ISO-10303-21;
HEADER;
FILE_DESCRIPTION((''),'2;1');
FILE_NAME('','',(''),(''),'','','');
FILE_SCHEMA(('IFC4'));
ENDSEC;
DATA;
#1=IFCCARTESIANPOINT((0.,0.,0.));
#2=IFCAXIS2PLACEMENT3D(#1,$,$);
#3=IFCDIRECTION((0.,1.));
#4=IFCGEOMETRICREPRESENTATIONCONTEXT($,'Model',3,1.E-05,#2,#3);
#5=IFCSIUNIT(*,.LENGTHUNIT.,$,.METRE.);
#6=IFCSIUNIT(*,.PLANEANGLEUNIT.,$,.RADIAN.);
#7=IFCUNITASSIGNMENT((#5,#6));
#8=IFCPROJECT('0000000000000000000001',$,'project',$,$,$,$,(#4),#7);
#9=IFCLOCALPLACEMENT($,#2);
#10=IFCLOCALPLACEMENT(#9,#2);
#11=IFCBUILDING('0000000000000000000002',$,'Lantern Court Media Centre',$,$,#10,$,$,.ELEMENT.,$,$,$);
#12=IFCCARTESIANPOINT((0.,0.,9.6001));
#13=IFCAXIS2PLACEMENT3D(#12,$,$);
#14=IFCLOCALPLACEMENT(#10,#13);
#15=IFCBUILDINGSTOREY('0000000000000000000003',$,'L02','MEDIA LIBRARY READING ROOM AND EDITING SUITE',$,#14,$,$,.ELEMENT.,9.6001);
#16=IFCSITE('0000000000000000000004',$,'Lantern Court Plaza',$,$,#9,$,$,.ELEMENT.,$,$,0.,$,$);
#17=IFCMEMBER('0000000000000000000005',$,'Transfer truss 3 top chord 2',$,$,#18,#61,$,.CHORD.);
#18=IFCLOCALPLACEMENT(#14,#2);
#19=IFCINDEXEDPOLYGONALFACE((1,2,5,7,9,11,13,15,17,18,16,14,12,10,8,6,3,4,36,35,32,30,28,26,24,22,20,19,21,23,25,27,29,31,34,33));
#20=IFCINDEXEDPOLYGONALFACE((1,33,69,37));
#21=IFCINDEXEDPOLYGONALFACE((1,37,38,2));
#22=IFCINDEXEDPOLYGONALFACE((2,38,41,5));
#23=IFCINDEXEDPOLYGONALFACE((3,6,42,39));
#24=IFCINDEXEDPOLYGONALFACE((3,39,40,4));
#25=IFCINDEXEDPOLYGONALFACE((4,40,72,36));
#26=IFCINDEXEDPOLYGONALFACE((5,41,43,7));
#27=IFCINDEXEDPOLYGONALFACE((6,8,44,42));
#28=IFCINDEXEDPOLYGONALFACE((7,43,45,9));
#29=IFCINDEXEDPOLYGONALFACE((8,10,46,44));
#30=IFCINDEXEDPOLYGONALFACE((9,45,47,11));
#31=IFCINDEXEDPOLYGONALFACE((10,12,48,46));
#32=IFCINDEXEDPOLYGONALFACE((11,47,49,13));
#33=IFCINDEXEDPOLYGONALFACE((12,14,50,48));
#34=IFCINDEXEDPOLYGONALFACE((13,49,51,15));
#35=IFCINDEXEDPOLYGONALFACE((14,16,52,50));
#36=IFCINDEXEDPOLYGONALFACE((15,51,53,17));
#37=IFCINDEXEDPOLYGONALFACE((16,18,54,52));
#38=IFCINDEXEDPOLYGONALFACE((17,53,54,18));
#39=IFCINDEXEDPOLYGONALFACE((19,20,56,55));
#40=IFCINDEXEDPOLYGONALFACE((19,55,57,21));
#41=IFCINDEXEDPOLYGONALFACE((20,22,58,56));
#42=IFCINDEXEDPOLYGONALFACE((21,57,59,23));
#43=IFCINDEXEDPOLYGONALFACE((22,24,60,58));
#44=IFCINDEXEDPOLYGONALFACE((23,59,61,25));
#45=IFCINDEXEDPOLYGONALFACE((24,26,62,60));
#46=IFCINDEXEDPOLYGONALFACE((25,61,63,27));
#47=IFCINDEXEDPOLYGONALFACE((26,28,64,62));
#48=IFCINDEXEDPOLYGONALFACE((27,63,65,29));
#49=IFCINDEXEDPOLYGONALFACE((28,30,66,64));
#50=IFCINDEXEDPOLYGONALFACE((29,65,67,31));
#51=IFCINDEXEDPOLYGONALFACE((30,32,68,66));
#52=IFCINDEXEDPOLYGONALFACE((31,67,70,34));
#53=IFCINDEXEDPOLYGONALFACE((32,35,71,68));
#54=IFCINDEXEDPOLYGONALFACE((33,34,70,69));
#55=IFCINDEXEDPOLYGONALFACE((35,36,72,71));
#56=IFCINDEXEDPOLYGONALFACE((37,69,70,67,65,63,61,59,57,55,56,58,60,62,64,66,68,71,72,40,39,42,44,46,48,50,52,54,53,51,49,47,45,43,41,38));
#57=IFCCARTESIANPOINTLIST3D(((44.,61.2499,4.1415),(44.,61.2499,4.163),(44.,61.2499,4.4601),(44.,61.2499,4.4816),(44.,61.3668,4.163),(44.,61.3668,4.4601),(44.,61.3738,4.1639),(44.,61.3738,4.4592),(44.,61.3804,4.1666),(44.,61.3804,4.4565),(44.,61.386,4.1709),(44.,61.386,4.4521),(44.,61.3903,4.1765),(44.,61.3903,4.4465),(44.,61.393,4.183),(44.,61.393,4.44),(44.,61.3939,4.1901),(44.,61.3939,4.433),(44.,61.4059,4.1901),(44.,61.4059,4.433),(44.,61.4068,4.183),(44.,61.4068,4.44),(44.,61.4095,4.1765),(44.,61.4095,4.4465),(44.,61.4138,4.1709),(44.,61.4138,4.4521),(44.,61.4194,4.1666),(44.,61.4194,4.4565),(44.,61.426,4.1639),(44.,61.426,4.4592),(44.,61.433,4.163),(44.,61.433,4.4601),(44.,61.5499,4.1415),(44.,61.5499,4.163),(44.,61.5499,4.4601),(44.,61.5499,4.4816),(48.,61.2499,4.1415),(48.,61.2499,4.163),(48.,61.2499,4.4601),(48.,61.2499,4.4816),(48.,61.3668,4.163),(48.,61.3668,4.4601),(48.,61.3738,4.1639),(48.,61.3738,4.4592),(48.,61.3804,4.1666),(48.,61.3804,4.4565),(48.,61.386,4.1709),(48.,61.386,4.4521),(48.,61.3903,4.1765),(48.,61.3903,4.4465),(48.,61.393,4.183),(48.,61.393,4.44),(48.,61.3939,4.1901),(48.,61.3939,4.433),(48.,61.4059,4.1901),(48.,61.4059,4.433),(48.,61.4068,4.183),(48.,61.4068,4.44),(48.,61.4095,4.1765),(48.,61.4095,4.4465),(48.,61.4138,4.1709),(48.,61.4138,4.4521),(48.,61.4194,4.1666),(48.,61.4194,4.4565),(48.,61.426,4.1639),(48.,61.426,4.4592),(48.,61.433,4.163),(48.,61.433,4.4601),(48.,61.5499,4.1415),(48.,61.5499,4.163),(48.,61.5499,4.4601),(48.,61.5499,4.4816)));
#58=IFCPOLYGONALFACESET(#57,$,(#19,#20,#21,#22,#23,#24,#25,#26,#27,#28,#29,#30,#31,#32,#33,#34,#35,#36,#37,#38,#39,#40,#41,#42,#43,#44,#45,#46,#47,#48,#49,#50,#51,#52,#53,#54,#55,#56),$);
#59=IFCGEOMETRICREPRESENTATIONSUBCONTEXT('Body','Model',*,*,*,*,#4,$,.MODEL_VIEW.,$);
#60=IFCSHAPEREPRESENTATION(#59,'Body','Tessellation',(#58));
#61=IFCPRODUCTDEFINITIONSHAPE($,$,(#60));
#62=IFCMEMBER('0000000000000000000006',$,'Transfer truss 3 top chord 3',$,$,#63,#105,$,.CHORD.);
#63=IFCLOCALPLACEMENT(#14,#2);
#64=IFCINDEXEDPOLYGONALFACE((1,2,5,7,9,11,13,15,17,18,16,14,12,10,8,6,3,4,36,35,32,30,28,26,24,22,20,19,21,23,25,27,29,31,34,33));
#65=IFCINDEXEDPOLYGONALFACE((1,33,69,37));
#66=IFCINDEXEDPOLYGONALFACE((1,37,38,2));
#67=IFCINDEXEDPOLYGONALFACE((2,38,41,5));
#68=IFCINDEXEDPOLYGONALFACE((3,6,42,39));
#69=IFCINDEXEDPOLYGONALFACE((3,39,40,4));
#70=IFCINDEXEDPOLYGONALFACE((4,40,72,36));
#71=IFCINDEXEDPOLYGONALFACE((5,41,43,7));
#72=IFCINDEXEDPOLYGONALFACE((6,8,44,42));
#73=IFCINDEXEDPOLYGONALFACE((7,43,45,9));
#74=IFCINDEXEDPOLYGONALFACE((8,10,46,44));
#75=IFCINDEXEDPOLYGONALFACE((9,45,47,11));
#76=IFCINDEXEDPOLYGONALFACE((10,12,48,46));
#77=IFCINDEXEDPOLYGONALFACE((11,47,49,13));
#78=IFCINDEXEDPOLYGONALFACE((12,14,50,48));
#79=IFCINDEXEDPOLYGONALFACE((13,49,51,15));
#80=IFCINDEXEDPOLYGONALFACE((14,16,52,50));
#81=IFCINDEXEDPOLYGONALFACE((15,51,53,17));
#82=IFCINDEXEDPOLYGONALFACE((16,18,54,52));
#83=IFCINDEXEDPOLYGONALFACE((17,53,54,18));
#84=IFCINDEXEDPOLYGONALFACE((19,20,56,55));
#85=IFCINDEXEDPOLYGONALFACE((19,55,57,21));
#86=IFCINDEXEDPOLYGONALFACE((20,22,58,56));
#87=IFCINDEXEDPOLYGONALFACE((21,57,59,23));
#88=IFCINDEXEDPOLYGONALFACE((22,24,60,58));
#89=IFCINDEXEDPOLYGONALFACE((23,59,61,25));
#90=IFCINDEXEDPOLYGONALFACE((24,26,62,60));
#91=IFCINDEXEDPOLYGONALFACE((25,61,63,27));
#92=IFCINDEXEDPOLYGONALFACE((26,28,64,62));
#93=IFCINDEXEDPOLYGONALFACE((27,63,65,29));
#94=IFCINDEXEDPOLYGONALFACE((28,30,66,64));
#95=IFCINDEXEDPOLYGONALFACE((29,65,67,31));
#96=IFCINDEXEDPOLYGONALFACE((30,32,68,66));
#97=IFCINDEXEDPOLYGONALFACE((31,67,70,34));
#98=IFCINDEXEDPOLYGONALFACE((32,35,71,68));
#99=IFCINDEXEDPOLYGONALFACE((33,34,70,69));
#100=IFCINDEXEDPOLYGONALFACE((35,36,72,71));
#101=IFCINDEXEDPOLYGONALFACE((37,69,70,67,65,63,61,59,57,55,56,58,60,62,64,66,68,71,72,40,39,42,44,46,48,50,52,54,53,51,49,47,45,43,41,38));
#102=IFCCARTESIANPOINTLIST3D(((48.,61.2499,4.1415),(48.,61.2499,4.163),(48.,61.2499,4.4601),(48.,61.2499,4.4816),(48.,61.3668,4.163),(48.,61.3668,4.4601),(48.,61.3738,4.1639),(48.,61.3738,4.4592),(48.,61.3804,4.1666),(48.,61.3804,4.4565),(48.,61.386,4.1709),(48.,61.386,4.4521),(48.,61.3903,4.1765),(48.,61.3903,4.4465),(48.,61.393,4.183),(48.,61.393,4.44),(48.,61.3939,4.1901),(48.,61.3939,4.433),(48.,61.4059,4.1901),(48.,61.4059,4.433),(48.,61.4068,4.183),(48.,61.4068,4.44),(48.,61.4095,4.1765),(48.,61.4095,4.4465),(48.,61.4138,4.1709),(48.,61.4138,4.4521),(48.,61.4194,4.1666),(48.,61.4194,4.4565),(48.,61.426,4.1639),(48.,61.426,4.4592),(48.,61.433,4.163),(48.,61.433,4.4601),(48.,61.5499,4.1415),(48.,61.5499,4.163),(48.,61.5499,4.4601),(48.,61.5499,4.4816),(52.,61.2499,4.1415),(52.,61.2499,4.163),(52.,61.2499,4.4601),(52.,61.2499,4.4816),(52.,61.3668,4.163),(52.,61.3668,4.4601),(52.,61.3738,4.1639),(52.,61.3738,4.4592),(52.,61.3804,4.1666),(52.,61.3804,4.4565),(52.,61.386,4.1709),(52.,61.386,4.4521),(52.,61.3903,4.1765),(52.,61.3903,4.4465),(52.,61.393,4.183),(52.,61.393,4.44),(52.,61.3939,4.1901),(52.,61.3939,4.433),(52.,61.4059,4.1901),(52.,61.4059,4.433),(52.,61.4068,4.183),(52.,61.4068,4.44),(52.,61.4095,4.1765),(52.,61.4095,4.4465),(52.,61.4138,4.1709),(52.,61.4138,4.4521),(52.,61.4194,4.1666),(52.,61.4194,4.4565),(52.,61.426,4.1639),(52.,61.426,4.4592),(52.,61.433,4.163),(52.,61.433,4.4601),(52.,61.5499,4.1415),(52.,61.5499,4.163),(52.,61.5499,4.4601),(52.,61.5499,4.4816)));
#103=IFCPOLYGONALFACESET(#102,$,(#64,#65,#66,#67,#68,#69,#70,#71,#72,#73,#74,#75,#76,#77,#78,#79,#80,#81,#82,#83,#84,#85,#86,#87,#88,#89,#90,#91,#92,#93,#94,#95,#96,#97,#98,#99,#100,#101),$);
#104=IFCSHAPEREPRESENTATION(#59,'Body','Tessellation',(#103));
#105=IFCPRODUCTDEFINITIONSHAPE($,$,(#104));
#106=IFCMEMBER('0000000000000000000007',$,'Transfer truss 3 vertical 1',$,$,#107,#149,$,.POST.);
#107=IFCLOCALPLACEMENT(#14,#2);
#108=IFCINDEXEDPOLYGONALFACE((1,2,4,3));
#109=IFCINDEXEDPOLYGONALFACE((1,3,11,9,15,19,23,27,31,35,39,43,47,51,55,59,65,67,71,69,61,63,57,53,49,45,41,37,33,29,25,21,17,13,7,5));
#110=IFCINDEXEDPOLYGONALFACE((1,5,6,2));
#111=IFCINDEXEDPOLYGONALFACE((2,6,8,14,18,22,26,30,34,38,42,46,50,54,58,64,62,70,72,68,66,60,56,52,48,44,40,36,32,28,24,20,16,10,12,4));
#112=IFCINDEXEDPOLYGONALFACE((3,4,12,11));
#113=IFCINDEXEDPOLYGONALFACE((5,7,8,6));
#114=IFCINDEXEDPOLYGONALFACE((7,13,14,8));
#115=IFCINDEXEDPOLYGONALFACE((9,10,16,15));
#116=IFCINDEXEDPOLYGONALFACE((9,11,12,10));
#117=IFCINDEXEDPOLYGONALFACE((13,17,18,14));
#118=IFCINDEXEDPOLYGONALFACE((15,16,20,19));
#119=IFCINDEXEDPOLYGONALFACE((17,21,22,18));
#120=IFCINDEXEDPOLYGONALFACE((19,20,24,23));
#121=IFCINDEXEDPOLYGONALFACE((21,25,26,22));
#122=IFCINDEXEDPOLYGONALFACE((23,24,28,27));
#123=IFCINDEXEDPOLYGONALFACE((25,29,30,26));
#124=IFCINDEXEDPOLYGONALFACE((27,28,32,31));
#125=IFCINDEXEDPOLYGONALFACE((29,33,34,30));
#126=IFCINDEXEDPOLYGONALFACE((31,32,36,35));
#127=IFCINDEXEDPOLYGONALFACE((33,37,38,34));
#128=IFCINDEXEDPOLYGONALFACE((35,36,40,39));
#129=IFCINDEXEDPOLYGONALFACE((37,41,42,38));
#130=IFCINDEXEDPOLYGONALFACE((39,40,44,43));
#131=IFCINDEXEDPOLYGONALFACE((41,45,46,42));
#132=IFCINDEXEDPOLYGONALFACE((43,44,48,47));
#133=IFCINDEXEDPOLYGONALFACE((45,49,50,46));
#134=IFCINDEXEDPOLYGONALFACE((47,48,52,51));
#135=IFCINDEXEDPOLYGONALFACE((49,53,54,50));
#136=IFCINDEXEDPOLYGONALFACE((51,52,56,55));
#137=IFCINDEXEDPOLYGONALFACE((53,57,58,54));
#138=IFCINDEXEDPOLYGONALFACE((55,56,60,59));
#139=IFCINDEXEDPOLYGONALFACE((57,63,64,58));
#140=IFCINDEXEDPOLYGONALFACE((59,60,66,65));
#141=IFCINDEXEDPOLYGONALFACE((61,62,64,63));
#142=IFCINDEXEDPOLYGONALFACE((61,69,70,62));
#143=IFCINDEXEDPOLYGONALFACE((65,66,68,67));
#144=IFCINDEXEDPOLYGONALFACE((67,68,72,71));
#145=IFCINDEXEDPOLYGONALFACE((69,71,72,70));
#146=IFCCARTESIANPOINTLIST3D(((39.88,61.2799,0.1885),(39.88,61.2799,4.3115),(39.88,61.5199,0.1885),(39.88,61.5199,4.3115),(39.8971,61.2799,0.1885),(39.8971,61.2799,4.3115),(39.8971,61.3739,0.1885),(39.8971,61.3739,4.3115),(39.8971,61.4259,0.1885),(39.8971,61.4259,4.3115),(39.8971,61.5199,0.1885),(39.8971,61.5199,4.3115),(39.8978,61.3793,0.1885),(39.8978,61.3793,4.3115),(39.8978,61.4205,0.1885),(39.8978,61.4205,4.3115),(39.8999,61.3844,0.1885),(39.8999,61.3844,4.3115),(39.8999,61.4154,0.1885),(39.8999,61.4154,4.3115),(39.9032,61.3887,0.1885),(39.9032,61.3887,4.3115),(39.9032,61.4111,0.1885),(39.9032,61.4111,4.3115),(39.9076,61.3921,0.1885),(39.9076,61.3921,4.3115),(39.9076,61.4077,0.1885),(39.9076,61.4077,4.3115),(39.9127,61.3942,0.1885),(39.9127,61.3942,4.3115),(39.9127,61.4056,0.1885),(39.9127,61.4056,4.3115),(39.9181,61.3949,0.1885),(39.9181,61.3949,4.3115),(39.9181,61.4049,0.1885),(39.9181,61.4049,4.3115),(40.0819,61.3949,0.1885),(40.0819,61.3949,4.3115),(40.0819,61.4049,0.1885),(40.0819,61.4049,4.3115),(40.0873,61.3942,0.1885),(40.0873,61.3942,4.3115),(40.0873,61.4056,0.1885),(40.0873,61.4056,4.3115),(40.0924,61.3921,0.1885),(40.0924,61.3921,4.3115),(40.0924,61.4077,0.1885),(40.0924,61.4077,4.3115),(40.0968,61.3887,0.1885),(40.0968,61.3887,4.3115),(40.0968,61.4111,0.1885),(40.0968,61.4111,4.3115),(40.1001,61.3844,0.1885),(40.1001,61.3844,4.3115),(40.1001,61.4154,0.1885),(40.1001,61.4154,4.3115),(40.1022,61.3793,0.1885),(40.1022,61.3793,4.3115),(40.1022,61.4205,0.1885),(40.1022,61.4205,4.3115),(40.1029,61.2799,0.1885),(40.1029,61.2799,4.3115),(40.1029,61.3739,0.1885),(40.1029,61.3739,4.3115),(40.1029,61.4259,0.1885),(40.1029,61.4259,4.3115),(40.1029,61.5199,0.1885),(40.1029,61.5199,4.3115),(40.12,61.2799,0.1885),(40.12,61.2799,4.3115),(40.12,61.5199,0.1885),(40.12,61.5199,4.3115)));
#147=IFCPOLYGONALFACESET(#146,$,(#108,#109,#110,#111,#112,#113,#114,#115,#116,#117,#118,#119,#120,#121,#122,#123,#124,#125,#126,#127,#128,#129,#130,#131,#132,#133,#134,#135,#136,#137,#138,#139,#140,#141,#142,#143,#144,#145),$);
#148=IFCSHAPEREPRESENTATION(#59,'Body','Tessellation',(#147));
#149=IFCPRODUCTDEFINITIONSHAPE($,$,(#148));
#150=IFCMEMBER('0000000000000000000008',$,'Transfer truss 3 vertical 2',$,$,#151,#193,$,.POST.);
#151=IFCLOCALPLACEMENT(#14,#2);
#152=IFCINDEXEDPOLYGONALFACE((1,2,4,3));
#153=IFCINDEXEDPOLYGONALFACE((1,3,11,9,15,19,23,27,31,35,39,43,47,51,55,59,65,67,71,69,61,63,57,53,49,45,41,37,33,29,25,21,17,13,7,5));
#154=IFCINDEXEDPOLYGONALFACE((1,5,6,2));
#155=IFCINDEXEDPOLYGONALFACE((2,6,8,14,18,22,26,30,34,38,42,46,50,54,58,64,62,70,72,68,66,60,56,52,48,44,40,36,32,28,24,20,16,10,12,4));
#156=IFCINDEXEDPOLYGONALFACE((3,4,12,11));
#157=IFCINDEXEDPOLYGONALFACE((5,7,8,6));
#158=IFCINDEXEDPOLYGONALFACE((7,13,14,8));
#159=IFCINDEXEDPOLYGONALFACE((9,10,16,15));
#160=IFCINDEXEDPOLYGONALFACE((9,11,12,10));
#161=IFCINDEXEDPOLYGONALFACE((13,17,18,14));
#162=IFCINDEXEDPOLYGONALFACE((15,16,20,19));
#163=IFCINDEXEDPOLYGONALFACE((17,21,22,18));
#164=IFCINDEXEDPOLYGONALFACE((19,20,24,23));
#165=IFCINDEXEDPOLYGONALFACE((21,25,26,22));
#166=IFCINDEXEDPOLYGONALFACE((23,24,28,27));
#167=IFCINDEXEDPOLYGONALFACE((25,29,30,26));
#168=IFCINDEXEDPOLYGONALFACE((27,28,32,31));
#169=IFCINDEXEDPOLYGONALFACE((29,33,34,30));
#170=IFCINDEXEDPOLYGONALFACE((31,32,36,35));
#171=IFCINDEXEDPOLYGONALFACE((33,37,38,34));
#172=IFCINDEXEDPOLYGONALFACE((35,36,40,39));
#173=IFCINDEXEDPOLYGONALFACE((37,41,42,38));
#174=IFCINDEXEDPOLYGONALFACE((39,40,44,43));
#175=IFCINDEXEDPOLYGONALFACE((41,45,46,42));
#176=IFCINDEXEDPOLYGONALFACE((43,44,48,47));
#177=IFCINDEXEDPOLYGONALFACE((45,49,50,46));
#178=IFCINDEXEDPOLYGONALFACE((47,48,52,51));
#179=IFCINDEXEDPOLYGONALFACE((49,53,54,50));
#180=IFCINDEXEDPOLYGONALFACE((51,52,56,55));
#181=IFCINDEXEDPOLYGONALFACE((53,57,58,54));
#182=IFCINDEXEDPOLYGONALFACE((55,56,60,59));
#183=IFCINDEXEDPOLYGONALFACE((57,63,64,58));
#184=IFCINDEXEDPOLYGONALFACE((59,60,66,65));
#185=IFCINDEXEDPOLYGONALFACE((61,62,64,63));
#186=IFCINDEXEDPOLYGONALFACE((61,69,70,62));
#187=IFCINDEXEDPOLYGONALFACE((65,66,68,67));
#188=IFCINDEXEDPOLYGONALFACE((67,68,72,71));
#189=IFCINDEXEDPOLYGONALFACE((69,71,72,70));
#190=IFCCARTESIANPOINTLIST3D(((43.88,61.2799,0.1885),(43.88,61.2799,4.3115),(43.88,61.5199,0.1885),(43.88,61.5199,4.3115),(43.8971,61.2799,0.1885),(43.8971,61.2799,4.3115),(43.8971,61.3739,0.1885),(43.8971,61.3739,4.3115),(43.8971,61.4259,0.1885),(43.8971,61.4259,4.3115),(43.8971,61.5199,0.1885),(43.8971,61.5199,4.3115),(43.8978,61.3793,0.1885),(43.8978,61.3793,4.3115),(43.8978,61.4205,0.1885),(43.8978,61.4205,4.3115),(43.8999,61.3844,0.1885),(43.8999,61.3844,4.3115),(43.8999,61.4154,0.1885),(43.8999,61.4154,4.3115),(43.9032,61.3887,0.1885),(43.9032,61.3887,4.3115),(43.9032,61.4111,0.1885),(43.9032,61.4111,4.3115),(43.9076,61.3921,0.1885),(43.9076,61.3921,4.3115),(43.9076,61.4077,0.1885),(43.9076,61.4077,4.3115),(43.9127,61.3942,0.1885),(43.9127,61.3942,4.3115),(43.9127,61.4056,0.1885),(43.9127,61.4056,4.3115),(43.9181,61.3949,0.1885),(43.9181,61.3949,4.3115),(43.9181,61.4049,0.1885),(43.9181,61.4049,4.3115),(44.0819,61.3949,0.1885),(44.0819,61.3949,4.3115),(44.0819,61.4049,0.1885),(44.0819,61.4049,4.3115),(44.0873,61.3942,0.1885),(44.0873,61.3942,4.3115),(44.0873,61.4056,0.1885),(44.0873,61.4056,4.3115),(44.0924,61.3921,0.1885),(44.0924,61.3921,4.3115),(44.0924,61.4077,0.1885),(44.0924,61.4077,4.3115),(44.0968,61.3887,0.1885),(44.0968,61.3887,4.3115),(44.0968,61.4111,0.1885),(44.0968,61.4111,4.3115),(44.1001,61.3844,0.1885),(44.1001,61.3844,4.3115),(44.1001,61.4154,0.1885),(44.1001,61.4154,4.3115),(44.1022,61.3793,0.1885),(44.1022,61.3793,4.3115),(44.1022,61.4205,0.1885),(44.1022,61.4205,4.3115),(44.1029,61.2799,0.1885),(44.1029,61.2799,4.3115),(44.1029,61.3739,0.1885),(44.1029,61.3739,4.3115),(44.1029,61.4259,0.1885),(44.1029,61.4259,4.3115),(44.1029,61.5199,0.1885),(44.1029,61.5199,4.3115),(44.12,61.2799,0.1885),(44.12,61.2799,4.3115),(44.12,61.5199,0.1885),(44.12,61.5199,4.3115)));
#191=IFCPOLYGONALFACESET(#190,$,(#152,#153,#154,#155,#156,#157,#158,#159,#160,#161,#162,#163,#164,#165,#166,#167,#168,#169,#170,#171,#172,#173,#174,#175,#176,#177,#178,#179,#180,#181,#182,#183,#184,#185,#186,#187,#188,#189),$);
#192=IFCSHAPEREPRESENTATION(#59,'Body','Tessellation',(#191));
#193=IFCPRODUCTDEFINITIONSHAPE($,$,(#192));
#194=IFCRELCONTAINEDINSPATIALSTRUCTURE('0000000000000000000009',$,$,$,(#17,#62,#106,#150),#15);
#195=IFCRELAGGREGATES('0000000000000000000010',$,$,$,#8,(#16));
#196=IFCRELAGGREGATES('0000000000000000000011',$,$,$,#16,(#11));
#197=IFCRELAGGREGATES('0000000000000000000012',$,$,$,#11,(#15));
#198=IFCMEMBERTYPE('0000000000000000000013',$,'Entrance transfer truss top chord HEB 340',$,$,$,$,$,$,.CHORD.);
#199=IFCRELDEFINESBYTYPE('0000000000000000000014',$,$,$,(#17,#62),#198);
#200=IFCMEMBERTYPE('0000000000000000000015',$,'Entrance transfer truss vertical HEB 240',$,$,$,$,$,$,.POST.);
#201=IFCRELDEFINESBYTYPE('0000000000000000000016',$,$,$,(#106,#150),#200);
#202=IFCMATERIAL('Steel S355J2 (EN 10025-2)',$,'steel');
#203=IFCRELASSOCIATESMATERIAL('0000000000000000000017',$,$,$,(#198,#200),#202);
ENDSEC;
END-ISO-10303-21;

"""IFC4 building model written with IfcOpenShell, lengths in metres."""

from ifc_helpers import new_model, si_unit, direction, frame, origin, origin_2d, place, context, subcontext, project, spatial, i_section, extrude, material, material_profile, profile_set, type_object, element, save


model = new_model("IFC4")

# Units and contexts
model_context = context("Model", 3, precision=1e-05, world=origin(), true_north=direction((0.0, 1.0)))
body_context = subcontext(model_context, "Body", "Model", "MODEL_VIEW")
ifc_project = project(units=[si_unit("LENGTHUNIT", "METRE"), si_unit("PLANEANGLEUNIT", "RADIAN")], contexts=[model_context])

# Site, building, storey
site_placement = place(None, origin())
site = spatial("IfcSite", under=ifc_project, at=site_placement, Name="Lantern Court Plaza", CompositionType="ELEMENT", RefElevation=0.0)
building_placement = place(site_placement, origin())
building = spatial("IfcBuilding", under=site, at=building_placement, Name="Lantern Court Media Centre", CompositionType="ELEMENT")
storey_placement = place(building_placement, frame((0.0, 0.0, 9.6001)))
storey = spatial("IfcBuildingStorey", under=building, at=storey_placement, Name="L02", Description="MEDIA LIBRARY READING ROOM AND EDITING SUITE", CompositionType="ELEMENT", Elevation=9.6001)

# Members
ifc_material_1 = material(Name="Steel S355J2 (EN 10025-2)", Category="steel")
ifc_material_profile_1 = material_profile(ifc_material_1, i_section(OverallWidth=0.3, OverallDepth=0.3401, WebThickness=0.012, FlangeThickness=0.0215, FilletRadius=0.0271, at=origin_2d()), Name="HEB 340")
ifc_profile_set_1 = profile_set([ifc_material_profile_1], Name="Steel S355J2 (EN 10025-2)")
member_type_1 = type_object("IfcMemberType", Name="Entrance transfer truss top chord HEB 340", PredefinedType="CHORD", material=ifc_profile_set_1)
for number, where, z_axis, x_axis, name in (
    (1, (44.0, 61.3999, 4.3115), (1.0, 0.0, 0.0), (0.0, 1.0, 0.0), "Transfer truss 3 top chord 2"),
    (2, (48.0, 61.3999, 4.3115), (1.0, 0.0, 0.0), (0.0, 1.0, 0.0), "Transfer truss 3 top chord 3"),
):
    element("IfcMember", number, at=place(storey_placement, frame(where, z_axis=z_axis, x_axis=x_axis)), inside=storey, type_object=member_type_1, Name=name, PredefinedType="CHORD", context=body_context, shape_type="SweptSolid", body=[
        extrude(i_section(OverallWidth=0.3, OverallDepth=0.3401, WebThickness=0.012, FlangeThickness=0.0215, FilletRadius=0.0271, at=origin_2d()), origin(), (0.0, 0.0, 1.0), 4.0),
    ])
ifc_material_profile_2 = material_profile(ifc_material_1, i_section(OverallWidth=0.24, OverallDepth=0.24, WebThickness=0.01, FlangeThickness=0.0171, FilletRadius=0.021, at=origin_2d()), Name="HEB 240")
ifc_profile_set_2 = profile_set([ifc_material_profile_2], Name="Steel S355J2 (EN 10025-2)")
member_type_2 = type_object("IfcMemberType", Name="Entrance transfer truss vertical HEB 240", PredefinedType="POST", material=ifc_profile_set_2)
for number, where, z_axis, x_axis, name in (
    (3, (40.0, 61.3999, 0.1885), (0.0, 0.0, 1.0), (0.0, 1.0, 0.0), "Transfer truss 3 vertical 1"),
    (4, (44.0, 61.3999, 0.1885), (0.0, 0.0, 1.0), (0.0, 1.0, 0.0), "Transfer truss 3 vertical 2"),
):
    element("IfcMember", number, at=place(storey_placement, frame(where, z_axis=z_axis, x_axis=x_axis)), inside=storey, type_object=member_type_2, Name=name, PredefinedType="POST", context=body_context, shape_type="SweptSolid", body=[
        extrude(i_section(OverallWidth=0.24, OverallDepth=0.24, WebThickness=0.01, FlangeThickness=0.0171, FilletRadius=0.021, at=origin_2d()), origin(), (0.0, 0.0, 1.0), 4.123),
    ])

save(model, "model.ifc")
